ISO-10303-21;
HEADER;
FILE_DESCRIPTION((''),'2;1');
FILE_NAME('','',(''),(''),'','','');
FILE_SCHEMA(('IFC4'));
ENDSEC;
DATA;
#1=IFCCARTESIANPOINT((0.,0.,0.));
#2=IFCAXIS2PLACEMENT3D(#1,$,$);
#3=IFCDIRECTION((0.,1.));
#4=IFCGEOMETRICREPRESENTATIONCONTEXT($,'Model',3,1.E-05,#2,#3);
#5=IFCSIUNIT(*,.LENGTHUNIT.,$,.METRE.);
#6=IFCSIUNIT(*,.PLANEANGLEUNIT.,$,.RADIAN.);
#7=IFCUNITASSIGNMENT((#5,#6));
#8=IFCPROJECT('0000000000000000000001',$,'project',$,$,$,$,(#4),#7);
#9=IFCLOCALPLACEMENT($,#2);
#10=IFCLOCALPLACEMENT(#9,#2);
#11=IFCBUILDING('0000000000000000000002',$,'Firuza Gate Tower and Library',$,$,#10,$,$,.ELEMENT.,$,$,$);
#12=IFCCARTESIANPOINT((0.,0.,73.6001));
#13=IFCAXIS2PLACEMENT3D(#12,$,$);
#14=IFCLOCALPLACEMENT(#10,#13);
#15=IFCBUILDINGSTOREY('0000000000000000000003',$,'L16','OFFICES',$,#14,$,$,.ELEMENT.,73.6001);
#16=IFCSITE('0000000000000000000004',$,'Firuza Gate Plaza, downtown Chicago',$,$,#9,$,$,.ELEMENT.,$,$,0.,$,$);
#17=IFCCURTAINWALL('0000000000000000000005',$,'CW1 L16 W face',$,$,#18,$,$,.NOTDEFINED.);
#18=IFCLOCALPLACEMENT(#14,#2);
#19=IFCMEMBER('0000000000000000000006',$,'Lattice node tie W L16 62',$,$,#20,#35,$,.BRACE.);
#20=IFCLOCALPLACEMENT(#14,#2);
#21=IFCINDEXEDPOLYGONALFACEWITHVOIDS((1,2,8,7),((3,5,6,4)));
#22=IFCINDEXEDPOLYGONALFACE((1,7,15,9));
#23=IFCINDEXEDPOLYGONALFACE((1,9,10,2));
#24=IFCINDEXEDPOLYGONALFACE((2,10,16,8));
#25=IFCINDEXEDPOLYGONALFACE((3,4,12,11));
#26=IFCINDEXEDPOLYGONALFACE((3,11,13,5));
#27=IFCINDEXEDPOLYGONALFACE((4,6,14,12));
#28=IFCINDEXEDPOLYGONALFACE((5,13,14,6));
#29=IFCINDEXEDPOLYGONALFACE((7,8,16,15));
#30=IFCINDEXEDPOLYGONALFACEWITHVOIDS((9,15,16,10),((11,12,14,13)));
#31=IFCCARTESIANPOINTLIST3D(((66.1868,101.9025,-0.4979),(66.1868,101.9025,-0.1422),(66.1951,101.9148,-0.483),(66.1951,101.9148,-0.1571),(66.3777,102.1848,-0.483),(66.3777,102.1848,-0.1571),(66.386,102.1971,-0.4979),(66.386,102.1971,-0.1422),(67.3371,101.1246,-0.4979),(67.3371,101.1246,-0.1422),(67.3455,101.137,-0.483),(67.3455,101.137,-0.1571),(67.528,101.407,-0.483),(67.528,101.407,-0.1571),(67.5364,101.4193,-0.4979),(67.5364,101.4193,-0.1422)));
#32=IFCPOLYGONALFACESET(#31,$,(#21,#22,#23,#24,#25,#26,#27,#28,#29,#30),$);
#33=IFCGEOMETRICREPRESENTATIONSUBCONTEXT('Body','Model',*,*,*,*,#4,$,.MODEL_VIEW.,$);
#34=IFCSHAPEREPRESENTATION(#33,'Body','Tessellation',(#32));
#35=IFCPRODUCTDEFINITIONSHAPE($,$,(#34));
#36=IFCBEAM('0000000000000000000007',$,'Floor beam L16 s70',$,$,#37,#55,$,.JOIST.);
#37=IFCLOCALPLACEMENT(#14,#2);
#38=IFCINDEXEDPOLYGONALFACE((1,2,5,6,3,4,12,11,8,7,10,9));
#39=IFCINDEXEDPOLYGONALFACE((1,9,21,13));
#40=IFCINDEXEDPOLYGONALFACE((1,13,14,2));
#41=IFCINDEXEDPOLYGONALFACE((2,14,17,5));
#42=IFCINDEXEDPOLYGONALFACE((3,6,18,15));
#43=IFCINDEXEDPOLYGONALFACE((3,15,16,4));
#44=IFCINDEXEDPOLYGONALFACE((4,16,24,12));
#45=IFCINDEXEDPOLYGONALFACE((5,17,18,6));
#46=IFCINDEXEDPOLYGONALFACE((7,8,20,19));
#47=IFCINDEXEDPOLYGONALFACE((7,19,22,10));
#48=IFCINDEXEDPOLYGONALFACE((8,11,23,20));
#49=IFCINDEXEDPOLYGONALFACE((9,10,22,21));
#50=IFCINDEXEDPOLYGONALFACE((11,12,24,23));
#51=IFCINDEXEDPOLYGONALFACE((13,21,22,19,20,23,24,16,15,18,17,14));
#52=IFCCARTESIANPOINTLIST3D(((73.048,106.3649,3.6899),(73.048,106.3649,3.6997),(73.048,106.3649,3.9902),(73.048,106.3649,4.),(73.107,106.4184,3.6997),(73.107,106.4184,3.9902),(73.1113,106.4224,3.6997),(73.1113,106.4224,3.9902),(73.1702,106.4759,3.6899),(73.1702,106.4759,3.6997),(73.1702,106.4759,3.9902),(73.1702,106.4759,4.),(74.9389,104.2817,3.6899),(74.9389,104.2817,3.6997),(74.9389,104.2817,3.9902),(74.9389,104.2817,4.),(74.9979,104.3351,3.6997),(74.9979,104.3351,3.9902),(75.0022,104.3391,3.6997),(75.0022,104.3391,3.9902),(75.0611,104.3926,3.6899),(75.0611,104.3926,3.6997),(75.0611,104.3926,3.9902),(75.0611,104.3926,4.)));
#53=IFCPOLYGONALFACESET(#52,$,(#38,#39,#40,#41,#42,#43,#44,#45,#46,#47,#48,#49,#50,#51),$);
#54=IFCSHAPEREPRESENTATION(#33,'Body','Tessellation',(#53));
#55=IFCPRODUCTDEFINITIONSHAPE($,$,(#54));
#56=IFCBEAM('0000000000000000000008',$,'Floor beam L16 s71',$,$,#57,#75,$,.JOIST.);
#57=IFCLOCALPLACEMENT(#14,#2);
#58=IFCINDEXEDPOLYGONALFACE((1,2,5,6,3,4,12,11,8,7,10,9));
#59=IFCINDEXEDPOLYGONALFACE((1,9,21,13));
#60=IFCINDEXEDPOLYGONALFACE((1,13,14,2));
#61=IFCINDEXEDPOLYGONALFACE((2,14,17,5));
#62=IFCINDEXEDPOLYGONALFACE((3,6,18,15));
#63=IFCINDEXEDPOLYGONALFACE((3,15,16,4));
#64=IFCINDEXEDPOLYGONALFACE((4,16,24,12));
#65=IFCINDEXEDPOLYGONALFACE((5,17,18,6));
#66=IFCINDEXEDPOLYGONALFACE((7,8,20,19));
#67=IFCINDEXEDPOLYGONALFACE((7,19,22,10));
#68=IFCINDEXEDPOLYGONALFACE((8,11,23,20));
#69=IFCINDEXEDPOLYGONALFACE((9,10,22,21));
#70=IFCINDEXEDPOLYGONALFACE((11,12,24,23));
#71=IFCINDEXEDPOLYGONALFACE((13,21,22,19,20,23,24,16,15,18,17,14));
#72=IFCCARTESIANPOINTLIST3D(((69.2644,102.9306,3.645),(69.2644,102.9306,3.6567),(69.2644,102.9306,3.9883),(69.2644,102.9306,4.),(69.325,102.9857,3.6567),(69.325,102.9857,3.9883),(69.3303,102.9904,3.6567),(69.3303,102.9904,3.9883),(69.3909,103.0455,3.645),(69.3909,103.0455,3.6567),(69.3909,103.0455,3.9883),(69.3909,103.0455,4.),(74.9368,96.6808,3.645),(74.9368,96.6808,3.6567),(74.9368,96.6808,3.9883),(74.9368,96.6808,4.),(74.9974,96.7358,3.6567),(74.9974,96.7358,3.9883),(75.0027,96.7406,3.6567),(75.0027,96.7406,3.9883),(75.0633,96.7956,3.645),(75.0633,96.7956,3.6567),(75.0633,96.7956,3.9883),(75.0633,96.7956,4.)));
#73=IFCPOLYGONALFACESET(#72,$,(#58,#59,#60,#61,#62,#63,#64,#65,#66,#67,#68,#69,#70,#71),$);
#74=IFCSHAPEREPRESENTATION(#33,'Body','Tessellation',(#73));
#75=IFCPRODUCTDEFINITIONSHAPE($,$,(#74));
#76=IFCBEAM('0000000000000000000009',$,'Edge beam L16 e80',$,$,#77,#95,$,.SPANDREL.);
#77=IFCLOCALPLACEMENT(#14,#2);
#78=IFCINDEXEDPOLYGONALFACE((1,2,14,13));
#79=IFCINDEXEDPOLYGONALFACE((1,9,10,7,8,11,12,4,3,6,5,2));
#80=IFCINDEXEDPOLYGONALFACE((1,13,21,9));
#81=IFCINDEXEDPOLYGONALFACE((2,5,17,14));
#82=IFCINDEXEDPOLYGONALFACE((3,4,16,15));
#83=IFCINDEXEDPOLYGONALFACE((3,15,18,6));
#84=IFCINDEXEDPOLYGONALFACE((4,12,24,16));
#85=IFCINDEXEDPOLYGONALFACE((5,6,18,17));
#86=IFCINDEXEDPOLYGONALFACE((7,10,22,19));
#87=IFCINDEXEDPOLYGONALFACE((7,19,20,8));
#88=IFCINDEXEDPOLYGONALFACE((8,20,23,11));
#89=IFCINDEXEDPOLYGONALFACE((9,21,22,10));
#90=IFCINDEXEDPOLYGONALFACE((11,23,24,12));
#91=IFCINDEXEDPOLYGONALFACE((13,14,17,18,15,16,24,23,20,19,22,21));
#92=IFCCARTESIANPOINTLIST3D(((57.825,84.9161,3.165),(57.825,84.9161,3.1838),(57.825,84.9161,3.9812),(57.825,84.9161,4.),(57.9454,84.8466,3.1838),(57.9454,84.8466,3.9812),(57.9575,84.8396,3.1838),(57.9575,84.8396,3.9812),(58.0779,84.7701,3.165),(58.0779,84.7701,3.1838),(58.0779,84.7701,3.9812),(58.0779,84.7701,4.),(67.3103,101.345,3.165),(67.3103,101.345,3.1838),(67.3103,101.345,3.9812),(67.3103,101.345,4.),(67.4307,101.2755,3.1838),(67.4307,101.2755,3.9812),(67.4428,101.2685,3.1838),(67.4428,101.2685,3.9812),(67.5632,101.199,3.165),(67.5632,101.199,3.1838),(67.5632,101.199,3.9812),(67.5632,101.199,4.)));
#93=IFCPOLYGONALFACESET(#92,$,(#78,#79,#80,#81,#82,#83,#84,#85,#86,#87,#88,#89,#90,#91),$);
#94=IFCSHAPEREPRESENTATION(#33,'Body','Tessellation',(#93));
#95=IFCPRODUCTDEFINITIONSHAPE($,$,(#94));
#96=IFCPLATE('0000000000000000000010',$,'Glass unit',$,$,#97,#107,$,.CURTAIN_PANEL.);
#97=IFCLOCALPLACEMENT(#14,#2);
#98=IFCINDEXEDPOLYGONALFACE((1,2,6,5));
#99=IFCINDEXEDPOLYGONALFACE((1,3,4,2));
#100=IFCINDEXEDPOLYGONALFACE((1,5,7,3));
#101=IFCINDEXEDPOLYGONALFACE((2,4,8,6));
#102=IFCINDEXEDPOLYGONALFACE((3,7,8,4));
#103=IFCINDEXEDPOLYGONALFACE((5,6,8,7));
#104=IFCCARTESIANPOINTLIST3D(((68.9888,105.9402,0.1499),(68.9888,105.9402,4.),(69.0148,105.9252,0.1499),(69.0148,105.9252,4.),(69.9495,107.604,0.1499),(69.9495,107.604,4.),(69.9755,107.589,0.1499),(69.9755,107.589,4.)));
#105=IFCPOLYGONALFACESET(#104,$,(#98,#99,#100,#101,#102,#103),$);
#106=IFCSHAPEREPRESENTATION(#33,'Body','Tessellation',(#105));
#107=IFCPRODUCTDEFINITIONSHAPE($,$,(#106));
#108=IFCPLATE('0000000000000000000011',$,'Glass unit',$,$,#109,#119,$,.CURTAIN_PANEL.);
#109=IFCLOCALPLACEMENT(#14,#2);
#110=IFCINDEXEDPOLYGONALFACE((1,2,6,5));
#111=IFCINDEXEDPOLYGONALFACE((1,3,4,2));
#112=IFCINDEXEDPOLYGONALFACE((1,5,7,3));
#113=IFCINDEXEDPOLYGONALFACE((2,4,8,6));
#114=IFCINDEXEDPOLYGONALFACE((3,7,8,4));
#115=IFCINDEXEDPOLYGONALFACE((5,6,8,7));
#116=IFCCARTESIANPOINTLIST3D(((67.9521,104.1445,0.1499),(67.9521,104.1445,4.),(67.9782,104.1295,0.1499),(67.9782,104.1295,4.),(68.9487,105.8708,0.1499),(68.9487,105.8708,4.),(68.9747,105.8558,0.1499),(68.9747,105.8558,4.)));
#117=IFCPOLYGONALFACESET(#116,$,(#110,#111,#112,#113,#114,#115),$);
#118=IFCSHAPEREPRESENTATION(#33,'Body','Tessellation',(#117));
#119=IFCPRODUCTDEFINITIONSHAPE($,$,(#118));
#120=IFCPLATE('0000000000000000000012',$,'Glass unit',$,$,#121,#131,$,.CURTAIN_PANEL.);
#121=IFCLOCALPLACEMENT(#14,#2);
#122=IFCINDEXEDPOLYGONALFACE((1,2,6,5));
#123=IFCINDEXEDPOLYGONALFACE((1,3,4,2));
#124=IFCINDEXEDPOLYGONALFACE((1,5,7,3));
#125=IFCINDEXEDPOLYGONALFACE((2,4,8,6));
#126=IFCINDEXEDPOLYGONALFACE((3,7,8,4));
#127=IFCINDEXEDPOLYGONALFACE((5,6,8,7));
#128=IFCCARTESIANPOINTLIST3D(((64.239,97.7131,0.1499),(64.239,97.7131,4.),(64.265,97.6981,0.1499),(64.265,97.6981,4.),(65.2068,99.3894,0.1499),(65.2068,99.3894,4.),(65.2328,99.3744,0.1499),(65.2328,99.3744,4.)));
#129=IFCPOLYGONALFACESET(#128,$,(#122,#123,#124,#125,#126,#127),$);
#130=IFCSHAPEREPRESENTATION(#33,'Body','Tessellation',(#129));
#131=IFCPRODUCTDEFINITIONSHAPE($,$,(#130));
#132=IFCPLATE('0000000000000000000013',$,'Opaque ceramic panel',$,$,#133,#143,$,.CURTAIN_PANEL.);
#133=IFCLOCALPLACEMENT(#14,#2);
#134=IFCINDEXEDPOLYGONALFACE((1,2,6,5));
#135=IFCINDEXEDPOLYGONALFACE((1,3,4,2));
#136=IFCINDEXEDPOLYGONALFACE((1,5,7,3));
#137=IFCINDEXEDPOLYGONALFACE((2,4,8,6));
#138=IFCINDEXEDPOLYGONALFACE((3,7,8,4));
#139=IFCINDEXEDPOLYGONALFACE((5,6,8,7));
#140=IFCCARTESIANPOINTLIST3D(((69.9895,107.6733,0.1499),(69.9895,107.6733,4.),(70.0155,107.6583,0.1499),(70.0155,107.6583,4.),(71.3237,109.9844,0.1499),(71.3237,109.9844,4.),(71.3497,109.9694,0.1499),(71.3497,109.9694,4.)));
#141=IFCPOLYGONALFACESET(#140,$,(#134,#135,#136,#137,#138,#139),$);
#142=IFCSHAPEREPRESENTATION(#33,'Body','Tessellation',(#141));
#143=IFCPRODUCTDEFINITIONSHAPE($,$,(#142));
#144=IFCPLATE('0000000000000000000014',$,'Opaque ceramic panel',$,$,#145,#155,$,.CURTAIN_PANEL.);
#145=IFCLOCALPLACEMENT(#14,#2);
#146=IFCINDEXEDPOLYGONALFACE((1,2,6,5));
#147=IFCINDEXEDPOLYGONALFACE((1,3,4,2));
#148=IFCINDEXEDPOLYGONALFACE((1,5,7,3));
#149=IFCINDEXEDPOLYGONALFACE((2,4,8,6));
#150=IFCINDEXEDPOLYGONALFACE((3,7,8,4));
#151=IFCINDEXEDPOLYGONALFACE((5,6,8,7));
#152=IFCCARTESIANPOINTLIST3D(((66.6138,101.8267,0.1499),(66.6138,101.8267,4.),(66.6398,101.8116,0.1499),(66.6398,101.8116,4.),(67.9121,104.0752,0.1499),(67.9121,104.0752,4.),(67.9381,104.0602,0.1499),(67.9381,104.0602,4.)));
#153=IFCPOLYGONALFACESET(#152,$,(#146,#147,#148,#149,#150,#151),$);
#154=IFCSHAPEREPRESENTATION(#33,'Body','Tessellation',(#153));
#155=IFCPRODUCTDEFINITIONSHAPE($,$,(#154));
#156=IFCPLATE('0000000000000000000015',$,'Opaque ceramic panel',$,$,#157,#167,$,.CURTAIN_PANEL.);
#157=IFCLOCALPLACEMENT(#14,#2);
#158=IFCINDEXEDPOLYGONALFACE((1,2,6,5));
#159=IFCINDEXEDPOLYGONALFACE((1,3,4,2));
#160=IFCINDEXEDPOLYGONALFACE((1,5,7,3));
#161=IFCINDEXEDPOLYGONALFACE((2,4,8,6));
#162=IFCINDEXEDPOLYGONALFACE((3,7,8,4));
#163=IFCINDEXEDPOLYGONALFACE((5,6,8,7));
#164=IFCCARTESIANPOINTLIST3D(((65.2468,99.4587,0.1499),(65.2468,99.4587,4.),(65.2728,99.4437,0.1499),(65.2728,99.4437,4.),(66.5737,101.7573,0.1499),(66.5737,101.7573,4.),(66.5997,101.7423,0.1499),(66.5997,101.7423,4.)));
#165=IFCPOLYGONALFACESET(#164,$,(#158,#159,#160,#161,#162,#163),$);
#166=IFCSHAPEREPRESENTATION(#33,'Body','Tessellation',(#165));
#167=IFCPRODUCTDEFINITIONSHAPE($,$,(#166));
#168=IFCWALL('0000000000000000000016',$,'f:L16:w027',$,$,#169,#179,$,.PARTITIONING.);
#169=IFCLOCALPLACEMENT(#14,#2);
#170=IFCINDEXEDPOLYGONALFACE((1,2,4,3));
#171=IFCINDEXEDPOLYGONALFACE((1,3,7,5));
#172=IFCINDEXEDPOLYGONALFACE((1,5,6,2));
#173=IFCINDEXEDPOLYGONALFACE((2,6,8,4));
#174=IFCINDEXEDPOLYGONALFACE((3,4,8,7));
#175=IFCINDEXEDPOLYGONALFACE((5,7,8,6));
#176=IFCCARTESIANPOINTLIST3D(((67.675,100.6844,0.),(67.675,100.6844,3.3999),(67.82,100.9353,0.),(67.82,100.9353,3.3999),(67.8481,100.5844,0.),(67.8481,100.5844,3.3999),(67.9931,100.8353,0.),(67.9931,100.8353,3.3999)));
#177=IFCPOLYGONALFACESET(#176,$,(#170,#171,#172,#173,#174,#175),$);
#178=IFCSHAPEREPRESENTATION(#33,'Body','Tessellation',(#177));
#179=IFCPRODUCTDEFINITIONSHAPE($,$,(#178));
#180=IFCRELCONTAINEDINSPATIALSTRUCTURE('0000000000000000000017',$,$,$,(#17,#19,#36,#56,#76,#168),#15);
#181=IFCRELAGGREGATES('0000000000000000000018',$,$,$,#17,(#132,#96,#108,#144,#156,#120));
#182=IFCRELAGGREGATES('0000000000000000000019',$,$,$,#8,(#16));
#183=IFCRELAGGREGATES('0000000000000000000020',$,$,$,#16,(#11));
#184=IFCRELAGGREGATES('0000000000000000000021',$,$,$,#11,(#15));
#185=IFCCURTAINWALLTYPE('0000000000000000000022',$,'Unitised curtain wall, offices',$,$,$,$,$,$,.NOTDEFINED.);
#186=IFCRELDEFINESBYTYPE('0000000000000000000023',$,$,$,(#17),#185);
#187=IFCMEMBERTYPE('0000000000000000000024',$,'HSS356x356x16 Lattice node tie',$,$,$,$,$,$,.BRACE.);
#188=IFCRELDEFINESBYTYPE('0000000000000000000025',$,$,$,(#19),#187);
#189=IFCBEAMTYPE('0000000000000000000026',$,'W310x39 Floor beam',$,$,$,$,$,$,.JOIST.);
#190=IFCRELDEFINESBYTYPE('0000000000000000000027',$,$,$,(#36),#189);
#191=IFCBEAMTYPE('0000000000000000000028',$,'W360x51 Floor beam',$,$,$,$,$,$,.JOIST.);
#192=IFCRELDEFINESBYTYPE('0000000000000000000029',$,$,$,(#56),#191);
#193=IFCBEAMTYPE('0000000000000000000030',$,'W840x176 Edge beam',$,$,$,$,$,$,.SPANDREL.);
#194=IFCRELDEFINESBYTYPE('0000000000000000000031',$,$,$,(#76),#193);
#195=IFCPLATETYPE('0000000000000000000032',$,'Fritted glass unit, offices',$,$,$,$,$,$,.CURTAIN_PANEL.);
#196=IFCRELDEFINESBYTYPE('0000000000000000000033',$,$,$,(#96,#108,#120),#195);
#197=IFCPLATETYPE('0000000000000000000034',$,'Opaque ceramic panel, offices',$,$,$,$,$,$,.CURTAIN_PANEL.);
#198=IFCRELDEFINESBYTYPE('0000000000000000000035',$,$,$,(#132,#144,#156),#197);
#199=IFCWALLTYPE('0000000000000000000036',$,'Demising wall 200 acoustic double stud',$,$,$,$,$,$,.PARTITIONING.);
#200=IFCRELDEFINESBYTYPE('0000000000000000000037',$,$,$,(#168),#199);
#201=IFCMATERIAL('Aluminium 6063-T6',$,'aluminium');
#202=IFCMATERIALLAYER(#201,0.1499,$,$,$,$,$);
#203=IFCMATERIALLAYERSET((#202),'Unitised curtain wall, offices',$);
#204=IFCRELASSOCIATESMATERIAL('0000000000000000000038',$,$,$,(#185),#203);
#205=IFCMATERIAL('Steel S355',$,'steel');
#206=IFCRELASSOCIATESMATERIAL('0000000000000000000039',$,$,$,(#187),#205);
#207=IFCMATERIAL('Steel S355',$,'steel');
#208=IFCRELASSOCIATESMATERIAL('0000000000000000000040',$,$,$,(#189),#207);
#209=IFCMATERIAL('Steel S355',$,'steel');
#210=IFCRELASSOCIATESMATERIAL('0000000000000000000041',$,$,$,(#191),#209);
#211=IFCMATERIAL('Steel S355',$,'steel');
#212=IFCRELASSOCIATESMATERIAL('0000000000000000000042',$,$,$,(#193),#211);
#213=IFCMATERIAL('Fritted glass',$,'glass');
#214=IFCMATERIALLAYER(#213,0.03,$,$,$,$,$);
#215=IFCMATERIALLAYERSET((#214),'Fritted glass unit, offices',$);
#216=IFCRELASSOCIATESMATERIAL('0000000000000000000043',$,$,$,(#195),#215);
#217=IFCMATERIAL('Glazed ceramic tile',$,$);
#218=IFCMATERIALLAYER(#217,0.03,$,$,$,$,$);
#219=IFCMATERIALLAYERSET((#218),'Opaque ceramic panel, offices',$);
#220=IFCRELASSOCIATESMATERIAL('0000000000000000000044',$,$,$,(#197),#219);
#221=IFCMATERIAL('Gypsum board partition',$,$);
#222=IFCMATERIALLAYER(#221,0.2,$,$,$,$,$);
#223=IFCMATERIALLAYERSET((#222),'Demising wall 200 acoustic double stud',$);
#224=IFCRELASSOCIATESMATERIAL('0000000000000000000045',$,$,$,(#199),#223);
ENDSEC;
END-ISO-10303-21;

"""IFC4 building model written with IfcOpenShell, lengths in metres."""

from ifc_helpers import new_model, si_unit, direction, frame, frame_2d, origin, origin_2d, place, context, subcontext, project, spatial, polyline, rectangle, hollow_rectangle, i_section, outline, extrude, material, layer, layer_set, material_profile, profile_set, type_object, element, aggregate, save


model = new_model("IFC4")

# Units and contexts
model_context = context("Model", 3, precision=1e-05, world=origin(), true_north=direction((0.0, 1.0)))
body_context = subcontext(model_context, "Body", "Model", "MODEL_VIEW")
ifc_project = project(units=[si_unit("LENGTHUNIT", "METRE"), si_unit("PLANEANGLEUNIT", "RADIAN")], contexts=[model_context])

# Site, building, storey
site_placement = place(None, origin())
site = spatial("IfcSite", under=ifc_project, at=site_placement, Name="Firuza Gate Plaza, downtown Chicago", CompositionType="ELEMENT", RefElevation=0.0)
building_placement = place(site_placement, origin())
building = spatial("IfcBuilding", under=site, at=building_placement, Name="Firuza Gate Tower and Library", CompositionType="ELEMENT")
storey_placement = place(building_placement, frame((0.0, 0.0, 73.6001)))
storey = spatial("IfcBuildingStorey", under=building, at=storey_placement, Name="L16", Description="OFFICES", CompositionType="ELEMENT", Elevation=73.6001)

# Curtain wall
ifc_material_1 = material(Name="Aluminium 6063-T6", Category="aluminium")
ifc_layer_1 = layer(ifc_material_1, 0.1499)
ifc_layer_set_1 = layer_set([ifc_layer_1], Name="Unitised curtain wall, offices")
curtain_wall_type = type_object("IfcCurtainWallType", Name="Unitised curtain wall, offices", PredefinedType="NOTDEFINED", material=ifc_layer_set_1)
curtain_wall_placement = place(storey_placement, origin())
curtain_wall = element("IfcCurtainWall", 1, at=curtain_wall_placement, inside=storey, type_object=curtain_wall_type, Name="CW1 L16 W face", PredefinedType="NOTDEFINED")

# Member
ifc_material_2 = material(Name="Steel S355", Category="steel")
ifc_material_profile_1 = material_profile(ifc_material_2, hollow_rectangle(XDim=0.3557, YDim=0.3557, WallThickness=0.0149, at=origin_2d()))
ifc_profile_set_1 = profile_set([ifc_material_profile_1], Name="Steel S355")
member_type_1 = type_object("IfcMemberType", Name="HSS356x356x16 Lattice node tie", PredefinedType="BRACE", material=ifc_profile_set_1)
member_1_placement = place(storey_placement, frame((67.4368, 101.272, -0.3201), z_axis=(-0.828408, 0.560125, 0.0), x_axis=(-0.560125, -0.828408, 0.0)))
element("IfcMember", 2, at=member_1_placement, inside=storey, type_object=member_type_1, Name="Lattice node tie W L16 62", PredefinedType="BRACE", context=body_context, shape_type="SweptSolid", body=[
    extrude(hollow_rectangle(XDim=0.3557, YDim=0.3557, WallThickness=0.0149, at=origin_2d()), origin(), (0.0, 0.0, 1.0), 1.3887),
])

# Beams
ifc_material_3 = material(Name="Steel S355", Category="steel")
ifc_material_profile_2 = material_profile(ifc_material_3, i_section(OverallWidth=0.165, OverallDepth=0.3101, WebThickness=0.0059, FlangeThickness=0.0098, at=origin_2d()))
ifc_profile_set_2 = profile_set([ifc_material_profile_2], Name="Steel S355")
beam_type_1 = type_object("IfcBeamType", Name="W310x39 Floor beam", PredefinedType="JOIST", material=ifc_profile_set_2)
beam_1_placement = place(storey_placement, frame((73.1091, 106.4204, 3.845), z_axis=(0.672089, -0.74047, 0.0), x_axis=(0.74047, 0.672089, 0.0)))
element("IfcBeam", 3, at=beam_1_placement, inside=storey, type_object=beam_type_1, Name="Floor beam L16 s70", PredefinedType="JOIST", context=body_context, shape_type="SweptSolid", body=[
    extrude(i_section(OverallWidth=0.165, OverallDepth=0.3101, WebThickness=0.0059, FlangeThickness=0.0098, at=origin_2d()), origin(), (0.0, 0.0, 1.0), 2.8135),
])
ifc_material_4 = material(Name="Steel S355", Category="steel")
ifc_material_profile_3 = material_profile(ifc_material_4, i_section(OverallWidth=0.1709, OverallDepth=0.355, WebThickness=0.0071, FlangeThickness=0.0117, at=origin_2d()))
ifc_profile_set_3 = profile_set([ifc_material_profile_3], Name="Steel S355")
beam_type_2 = type_object("IfcBeamType", Name="W360x51 Floor beam", PredefinedType="JOIST", material=ifc_profile_set_3)
beam_2_placement = place(storey_placement, frame((69.3276, 102.988, 3.8225), z_axis=(0.672074, -0.740484, 0.0), x_axis=(0.740484, 0.672074, 0.0)))
element("IfcBeam", 4, at=beam_2_placement, inside=storey, type_object=beam_type_2, Name="Floor beam L16 s71", PredefinedType="JOIST", context=body_context, shape_type="SweptSolid", body=[
    extrude(i_section(OverallWidth=0.1709, OverallDepth=0.355, WebThickness=0.0071, FlangeThickness=0.0117, at=origin_2d()), origin(), (0.0, 0.0, 1.0), 8.4402),
])
ifc_material_5 = material(Name="Steel S355", Category="steel")
ifc_material_profile_4 = material_profile(ifc_material_5, i_section(OverallWidth=0.292, OverallDepth=0.835, WebThickness=0.0139, FlangeThickness=0.0188, at=origin_2d()))
ifc_profile_set_4 = profile_set([ifc_material_profile_4], Name="Steel S355")
beam_type_3 = type_object("IfcBeamType", Name="W840x176 Edge beam", PredefinedType="SPANDREL", material=ifc_profile_set_4)
beam_3_placement = place(storey_placement, frame((67.4368, 101.272, 3.5825), z_axis=(-0.500004, -0.866023, 0.0), x_axis=(0.866023, -0.500004, 0.0)))
element("IfcBeam", 5, at=beam_3_placement, inside=storey, type_object=beam_type_3, Name="Edge beam L16 e80", PredefinedType="SPANDREL", context=body_context, shape_type="SweptSolid", body=[
    extrude(i_section(OverallWidth=0.292, OverallDepth=0.835, WebThickness=0.0139, FlangeThickness=0.0188, at=origin_2d()), origin(), (0.0, 0.0, 1.0), 18.9705),
])

# Plates
ifc_material_6 = material(Name="Fritted glass", Category="glass")
ifc_layer_2 = layer(ifc_material_6, 0.03)
ifc_layer_set_2 = layer_set([ifc_layer_2], Name="Fritted glass unit, offices")
plate_type_1 = type_object("IfcPlateType", Name="Fritted glass unit, offices", PredefinedType="CURTAIN_PANEL", material=ifc_layer_set_2)
plate_1_placement = place(storey_placement, frame((69.9495, 107.604, 0.1499), z_axis=(-0.866006, 0.500034, 0.0), x_axis=(-0.500034, -0.866006, 0.0)))
plate_1 = element("IfcPlate", 6, at=plate_1_placement, type_object=plate_type_1, Name="Glass unit", PredefinedType="CURTAIN_PANEL", context=body_context, shape_type="SweptSolid", body=[
    extrude(outline(polyline([(0.0, 0.0), (1.9213, 0.0), (1.9213, 3.8501), (0.0, 3.8501), (0.0, 0.0)])), origin(), (0.0, 0.0, -1.0), 0.03),
])
plate_2_placement = place(storey_placement, frame((68.9487, 105.8708, 0.1499), z_axis=(-0.866049, 0.499959, 0.0), x_axis=(-0.499959, -0.866049, 0.0)))
plate_2 = element("IfcPlate", 7, at=plate_2_placement, type_object=plate_type_1, Name="Glass unit", PredefinedType="CURTAIN_PANEL", context=body_context, shape_type="SweptSolid", body=[
    extrude(outline(polyline([(0.0, 0.0), (1.9933, 0.0), (1.9933, 3.8501), (0.0, 3.8501), (0.0, 0.0)])), origin(), (0.0, 0.0, -1.0), 0.03),
])
plate_3_placement = place(storey_placement, frame((65.2068, 99.3894, 0.1499), z_axis=(-0.86603, 0.499992, 0.0), x_axis=(-0.499992, -0.86603, 0.0)))
plate_3 = element("IfcPlate", 8, at=plate_3_placement, type_object=plate_type_1, Name="Glass unit", PredefinedType="CURTAIN_PANEL", context=body_context, shape_type="SweptSolid", body=[
    extrude(outline(polyline([(0.0, 0.0), (1.9356, 0.0), (1.9356, 3.8501), (0.0, 3.8501), (0.0, 0.0)])), origin(), (0.0, 0.0, -1.0), 0.03),
])
ifc_material_7 = material(Name="Glazed ceramic tile")
ifc_layer_3 = layer(ifc_material_7, 0.03)
ifc_layer_set_3 = layer_set([ifc_layer_3], Name="Opaque ceramic panel, offices")
plate_type_2 = type_object("IfcPlateType", Name="Opaque ceramic panel, offices", PredefinedType="CURTAIN_PANEL", material=ifc_layer_set_3)
plate_4_placement = place(storey_placement, frame((71.3237, 109.9844, 0.1499), z_axis=(-0.866033, 0.499986, 0.0), x_axis=(-0.499986, -0.866033, 0.0)))
plate_4 = element("IfcPlate", 9, at=plate_4_placement, type_object=plate_type_2, Name="Opaque ceramic panel", PredefinedType="CURTAIN_PANEL", context=body_context, shape_type="SweptSolid", body=[
    extrude(outline(polyline([(0.0, 0.0), (2.6685, 0.0), (2.6685, 3.8501), (0.0, 3.8501), (0.0, 0.0)])), origin(), (0.0, 0.0, -1.0), 0.03),
])
plate_5_placement = place(storey_placement, frame((67.9121, 104.0752, 0.1499), z_axis=(-0.866001, 0.500043, 0.0), x_axis=(-0.500043, -0.866001, 0.0)))
plate_5 = element("IfcPlate", 10, at=plate_5_placement, type_object=plate_type_2, Name="Opaque ceramic panel", PredefinedType="CURTAIN_PANEL", context=body_context, shape_type="SweptSolid", body=[
    extrude(outline(polyline([(0.0, 0.0), (2.5965, 0.0), (2.5965, 3.8501), (0.0, 3.8501), (0.0, 0.0)])), origin(), (0.0, 0.0, -1.0), 0.03),
])
plate_6_placement = place(storey_placement, frame((66.5737, 101.7573, 0.1499), z_axis=(-0.866055, 0.499948, 0.0), x_axis=(-0.499948, -0.866055, 0.0)))
plate_6 = element("IfcPlate", 11, at=plate_6_placement, type_object=plate_type_2, Name="Opaque ceramic panel", PredefinedType="CURTAIN_PANEL", context=body_context, shape_type="SweptSolid", body=[
    extrude(outline(polyline([(0.0, 0.0), (2.6541, 0.0), (2.6541, 3.8501), (0.0, 3.8501), (0.0, 0.0)])), origin(), (0.0, 0.0, -1.0), 0.03),
])
aggregate(curtain_wall, [plate_4, plate_1, plate_2, plate_5, plate_6, plate_3])

# Wall
ifc_material_8 = material(Name="Gypsum board partition")
ifc_layer_4 = layer(ifc_material_8, 0.2)
ifc_layer_set_4 = layer_set([ifc_layer_4], Name="Demising wall 200 acoustic double stud")
wall_type_1 = type_object("IfcWallType", Name="Demising wall 200 acoustic double stud", PredefinedType="PARTITIONING", material=ifc_layer_set_4)
wall_1_placement = place(storey_placement, frame((67.7615, 100.6343, 0.0), z_axis=(0.0, 0.0, 1.0), x_axis=(0.500306, 0.865849, 0.0)))
element("IfcWall", 12, at=wall_1_placement, inside=storey, type_object=wall_type_1, Name="f:L16:w027", PredefinedType="PARTITIONING", context=body_context, shape_type="SweptSolid", body=[
    extrude(rectangle(XDim=0.2898, YDim=0.2, at=frame_2d((0.145, 0.0))), origin(), (0.0, 0.0, 1.0), 3.3999),
])

save(model, "model.ifc")
